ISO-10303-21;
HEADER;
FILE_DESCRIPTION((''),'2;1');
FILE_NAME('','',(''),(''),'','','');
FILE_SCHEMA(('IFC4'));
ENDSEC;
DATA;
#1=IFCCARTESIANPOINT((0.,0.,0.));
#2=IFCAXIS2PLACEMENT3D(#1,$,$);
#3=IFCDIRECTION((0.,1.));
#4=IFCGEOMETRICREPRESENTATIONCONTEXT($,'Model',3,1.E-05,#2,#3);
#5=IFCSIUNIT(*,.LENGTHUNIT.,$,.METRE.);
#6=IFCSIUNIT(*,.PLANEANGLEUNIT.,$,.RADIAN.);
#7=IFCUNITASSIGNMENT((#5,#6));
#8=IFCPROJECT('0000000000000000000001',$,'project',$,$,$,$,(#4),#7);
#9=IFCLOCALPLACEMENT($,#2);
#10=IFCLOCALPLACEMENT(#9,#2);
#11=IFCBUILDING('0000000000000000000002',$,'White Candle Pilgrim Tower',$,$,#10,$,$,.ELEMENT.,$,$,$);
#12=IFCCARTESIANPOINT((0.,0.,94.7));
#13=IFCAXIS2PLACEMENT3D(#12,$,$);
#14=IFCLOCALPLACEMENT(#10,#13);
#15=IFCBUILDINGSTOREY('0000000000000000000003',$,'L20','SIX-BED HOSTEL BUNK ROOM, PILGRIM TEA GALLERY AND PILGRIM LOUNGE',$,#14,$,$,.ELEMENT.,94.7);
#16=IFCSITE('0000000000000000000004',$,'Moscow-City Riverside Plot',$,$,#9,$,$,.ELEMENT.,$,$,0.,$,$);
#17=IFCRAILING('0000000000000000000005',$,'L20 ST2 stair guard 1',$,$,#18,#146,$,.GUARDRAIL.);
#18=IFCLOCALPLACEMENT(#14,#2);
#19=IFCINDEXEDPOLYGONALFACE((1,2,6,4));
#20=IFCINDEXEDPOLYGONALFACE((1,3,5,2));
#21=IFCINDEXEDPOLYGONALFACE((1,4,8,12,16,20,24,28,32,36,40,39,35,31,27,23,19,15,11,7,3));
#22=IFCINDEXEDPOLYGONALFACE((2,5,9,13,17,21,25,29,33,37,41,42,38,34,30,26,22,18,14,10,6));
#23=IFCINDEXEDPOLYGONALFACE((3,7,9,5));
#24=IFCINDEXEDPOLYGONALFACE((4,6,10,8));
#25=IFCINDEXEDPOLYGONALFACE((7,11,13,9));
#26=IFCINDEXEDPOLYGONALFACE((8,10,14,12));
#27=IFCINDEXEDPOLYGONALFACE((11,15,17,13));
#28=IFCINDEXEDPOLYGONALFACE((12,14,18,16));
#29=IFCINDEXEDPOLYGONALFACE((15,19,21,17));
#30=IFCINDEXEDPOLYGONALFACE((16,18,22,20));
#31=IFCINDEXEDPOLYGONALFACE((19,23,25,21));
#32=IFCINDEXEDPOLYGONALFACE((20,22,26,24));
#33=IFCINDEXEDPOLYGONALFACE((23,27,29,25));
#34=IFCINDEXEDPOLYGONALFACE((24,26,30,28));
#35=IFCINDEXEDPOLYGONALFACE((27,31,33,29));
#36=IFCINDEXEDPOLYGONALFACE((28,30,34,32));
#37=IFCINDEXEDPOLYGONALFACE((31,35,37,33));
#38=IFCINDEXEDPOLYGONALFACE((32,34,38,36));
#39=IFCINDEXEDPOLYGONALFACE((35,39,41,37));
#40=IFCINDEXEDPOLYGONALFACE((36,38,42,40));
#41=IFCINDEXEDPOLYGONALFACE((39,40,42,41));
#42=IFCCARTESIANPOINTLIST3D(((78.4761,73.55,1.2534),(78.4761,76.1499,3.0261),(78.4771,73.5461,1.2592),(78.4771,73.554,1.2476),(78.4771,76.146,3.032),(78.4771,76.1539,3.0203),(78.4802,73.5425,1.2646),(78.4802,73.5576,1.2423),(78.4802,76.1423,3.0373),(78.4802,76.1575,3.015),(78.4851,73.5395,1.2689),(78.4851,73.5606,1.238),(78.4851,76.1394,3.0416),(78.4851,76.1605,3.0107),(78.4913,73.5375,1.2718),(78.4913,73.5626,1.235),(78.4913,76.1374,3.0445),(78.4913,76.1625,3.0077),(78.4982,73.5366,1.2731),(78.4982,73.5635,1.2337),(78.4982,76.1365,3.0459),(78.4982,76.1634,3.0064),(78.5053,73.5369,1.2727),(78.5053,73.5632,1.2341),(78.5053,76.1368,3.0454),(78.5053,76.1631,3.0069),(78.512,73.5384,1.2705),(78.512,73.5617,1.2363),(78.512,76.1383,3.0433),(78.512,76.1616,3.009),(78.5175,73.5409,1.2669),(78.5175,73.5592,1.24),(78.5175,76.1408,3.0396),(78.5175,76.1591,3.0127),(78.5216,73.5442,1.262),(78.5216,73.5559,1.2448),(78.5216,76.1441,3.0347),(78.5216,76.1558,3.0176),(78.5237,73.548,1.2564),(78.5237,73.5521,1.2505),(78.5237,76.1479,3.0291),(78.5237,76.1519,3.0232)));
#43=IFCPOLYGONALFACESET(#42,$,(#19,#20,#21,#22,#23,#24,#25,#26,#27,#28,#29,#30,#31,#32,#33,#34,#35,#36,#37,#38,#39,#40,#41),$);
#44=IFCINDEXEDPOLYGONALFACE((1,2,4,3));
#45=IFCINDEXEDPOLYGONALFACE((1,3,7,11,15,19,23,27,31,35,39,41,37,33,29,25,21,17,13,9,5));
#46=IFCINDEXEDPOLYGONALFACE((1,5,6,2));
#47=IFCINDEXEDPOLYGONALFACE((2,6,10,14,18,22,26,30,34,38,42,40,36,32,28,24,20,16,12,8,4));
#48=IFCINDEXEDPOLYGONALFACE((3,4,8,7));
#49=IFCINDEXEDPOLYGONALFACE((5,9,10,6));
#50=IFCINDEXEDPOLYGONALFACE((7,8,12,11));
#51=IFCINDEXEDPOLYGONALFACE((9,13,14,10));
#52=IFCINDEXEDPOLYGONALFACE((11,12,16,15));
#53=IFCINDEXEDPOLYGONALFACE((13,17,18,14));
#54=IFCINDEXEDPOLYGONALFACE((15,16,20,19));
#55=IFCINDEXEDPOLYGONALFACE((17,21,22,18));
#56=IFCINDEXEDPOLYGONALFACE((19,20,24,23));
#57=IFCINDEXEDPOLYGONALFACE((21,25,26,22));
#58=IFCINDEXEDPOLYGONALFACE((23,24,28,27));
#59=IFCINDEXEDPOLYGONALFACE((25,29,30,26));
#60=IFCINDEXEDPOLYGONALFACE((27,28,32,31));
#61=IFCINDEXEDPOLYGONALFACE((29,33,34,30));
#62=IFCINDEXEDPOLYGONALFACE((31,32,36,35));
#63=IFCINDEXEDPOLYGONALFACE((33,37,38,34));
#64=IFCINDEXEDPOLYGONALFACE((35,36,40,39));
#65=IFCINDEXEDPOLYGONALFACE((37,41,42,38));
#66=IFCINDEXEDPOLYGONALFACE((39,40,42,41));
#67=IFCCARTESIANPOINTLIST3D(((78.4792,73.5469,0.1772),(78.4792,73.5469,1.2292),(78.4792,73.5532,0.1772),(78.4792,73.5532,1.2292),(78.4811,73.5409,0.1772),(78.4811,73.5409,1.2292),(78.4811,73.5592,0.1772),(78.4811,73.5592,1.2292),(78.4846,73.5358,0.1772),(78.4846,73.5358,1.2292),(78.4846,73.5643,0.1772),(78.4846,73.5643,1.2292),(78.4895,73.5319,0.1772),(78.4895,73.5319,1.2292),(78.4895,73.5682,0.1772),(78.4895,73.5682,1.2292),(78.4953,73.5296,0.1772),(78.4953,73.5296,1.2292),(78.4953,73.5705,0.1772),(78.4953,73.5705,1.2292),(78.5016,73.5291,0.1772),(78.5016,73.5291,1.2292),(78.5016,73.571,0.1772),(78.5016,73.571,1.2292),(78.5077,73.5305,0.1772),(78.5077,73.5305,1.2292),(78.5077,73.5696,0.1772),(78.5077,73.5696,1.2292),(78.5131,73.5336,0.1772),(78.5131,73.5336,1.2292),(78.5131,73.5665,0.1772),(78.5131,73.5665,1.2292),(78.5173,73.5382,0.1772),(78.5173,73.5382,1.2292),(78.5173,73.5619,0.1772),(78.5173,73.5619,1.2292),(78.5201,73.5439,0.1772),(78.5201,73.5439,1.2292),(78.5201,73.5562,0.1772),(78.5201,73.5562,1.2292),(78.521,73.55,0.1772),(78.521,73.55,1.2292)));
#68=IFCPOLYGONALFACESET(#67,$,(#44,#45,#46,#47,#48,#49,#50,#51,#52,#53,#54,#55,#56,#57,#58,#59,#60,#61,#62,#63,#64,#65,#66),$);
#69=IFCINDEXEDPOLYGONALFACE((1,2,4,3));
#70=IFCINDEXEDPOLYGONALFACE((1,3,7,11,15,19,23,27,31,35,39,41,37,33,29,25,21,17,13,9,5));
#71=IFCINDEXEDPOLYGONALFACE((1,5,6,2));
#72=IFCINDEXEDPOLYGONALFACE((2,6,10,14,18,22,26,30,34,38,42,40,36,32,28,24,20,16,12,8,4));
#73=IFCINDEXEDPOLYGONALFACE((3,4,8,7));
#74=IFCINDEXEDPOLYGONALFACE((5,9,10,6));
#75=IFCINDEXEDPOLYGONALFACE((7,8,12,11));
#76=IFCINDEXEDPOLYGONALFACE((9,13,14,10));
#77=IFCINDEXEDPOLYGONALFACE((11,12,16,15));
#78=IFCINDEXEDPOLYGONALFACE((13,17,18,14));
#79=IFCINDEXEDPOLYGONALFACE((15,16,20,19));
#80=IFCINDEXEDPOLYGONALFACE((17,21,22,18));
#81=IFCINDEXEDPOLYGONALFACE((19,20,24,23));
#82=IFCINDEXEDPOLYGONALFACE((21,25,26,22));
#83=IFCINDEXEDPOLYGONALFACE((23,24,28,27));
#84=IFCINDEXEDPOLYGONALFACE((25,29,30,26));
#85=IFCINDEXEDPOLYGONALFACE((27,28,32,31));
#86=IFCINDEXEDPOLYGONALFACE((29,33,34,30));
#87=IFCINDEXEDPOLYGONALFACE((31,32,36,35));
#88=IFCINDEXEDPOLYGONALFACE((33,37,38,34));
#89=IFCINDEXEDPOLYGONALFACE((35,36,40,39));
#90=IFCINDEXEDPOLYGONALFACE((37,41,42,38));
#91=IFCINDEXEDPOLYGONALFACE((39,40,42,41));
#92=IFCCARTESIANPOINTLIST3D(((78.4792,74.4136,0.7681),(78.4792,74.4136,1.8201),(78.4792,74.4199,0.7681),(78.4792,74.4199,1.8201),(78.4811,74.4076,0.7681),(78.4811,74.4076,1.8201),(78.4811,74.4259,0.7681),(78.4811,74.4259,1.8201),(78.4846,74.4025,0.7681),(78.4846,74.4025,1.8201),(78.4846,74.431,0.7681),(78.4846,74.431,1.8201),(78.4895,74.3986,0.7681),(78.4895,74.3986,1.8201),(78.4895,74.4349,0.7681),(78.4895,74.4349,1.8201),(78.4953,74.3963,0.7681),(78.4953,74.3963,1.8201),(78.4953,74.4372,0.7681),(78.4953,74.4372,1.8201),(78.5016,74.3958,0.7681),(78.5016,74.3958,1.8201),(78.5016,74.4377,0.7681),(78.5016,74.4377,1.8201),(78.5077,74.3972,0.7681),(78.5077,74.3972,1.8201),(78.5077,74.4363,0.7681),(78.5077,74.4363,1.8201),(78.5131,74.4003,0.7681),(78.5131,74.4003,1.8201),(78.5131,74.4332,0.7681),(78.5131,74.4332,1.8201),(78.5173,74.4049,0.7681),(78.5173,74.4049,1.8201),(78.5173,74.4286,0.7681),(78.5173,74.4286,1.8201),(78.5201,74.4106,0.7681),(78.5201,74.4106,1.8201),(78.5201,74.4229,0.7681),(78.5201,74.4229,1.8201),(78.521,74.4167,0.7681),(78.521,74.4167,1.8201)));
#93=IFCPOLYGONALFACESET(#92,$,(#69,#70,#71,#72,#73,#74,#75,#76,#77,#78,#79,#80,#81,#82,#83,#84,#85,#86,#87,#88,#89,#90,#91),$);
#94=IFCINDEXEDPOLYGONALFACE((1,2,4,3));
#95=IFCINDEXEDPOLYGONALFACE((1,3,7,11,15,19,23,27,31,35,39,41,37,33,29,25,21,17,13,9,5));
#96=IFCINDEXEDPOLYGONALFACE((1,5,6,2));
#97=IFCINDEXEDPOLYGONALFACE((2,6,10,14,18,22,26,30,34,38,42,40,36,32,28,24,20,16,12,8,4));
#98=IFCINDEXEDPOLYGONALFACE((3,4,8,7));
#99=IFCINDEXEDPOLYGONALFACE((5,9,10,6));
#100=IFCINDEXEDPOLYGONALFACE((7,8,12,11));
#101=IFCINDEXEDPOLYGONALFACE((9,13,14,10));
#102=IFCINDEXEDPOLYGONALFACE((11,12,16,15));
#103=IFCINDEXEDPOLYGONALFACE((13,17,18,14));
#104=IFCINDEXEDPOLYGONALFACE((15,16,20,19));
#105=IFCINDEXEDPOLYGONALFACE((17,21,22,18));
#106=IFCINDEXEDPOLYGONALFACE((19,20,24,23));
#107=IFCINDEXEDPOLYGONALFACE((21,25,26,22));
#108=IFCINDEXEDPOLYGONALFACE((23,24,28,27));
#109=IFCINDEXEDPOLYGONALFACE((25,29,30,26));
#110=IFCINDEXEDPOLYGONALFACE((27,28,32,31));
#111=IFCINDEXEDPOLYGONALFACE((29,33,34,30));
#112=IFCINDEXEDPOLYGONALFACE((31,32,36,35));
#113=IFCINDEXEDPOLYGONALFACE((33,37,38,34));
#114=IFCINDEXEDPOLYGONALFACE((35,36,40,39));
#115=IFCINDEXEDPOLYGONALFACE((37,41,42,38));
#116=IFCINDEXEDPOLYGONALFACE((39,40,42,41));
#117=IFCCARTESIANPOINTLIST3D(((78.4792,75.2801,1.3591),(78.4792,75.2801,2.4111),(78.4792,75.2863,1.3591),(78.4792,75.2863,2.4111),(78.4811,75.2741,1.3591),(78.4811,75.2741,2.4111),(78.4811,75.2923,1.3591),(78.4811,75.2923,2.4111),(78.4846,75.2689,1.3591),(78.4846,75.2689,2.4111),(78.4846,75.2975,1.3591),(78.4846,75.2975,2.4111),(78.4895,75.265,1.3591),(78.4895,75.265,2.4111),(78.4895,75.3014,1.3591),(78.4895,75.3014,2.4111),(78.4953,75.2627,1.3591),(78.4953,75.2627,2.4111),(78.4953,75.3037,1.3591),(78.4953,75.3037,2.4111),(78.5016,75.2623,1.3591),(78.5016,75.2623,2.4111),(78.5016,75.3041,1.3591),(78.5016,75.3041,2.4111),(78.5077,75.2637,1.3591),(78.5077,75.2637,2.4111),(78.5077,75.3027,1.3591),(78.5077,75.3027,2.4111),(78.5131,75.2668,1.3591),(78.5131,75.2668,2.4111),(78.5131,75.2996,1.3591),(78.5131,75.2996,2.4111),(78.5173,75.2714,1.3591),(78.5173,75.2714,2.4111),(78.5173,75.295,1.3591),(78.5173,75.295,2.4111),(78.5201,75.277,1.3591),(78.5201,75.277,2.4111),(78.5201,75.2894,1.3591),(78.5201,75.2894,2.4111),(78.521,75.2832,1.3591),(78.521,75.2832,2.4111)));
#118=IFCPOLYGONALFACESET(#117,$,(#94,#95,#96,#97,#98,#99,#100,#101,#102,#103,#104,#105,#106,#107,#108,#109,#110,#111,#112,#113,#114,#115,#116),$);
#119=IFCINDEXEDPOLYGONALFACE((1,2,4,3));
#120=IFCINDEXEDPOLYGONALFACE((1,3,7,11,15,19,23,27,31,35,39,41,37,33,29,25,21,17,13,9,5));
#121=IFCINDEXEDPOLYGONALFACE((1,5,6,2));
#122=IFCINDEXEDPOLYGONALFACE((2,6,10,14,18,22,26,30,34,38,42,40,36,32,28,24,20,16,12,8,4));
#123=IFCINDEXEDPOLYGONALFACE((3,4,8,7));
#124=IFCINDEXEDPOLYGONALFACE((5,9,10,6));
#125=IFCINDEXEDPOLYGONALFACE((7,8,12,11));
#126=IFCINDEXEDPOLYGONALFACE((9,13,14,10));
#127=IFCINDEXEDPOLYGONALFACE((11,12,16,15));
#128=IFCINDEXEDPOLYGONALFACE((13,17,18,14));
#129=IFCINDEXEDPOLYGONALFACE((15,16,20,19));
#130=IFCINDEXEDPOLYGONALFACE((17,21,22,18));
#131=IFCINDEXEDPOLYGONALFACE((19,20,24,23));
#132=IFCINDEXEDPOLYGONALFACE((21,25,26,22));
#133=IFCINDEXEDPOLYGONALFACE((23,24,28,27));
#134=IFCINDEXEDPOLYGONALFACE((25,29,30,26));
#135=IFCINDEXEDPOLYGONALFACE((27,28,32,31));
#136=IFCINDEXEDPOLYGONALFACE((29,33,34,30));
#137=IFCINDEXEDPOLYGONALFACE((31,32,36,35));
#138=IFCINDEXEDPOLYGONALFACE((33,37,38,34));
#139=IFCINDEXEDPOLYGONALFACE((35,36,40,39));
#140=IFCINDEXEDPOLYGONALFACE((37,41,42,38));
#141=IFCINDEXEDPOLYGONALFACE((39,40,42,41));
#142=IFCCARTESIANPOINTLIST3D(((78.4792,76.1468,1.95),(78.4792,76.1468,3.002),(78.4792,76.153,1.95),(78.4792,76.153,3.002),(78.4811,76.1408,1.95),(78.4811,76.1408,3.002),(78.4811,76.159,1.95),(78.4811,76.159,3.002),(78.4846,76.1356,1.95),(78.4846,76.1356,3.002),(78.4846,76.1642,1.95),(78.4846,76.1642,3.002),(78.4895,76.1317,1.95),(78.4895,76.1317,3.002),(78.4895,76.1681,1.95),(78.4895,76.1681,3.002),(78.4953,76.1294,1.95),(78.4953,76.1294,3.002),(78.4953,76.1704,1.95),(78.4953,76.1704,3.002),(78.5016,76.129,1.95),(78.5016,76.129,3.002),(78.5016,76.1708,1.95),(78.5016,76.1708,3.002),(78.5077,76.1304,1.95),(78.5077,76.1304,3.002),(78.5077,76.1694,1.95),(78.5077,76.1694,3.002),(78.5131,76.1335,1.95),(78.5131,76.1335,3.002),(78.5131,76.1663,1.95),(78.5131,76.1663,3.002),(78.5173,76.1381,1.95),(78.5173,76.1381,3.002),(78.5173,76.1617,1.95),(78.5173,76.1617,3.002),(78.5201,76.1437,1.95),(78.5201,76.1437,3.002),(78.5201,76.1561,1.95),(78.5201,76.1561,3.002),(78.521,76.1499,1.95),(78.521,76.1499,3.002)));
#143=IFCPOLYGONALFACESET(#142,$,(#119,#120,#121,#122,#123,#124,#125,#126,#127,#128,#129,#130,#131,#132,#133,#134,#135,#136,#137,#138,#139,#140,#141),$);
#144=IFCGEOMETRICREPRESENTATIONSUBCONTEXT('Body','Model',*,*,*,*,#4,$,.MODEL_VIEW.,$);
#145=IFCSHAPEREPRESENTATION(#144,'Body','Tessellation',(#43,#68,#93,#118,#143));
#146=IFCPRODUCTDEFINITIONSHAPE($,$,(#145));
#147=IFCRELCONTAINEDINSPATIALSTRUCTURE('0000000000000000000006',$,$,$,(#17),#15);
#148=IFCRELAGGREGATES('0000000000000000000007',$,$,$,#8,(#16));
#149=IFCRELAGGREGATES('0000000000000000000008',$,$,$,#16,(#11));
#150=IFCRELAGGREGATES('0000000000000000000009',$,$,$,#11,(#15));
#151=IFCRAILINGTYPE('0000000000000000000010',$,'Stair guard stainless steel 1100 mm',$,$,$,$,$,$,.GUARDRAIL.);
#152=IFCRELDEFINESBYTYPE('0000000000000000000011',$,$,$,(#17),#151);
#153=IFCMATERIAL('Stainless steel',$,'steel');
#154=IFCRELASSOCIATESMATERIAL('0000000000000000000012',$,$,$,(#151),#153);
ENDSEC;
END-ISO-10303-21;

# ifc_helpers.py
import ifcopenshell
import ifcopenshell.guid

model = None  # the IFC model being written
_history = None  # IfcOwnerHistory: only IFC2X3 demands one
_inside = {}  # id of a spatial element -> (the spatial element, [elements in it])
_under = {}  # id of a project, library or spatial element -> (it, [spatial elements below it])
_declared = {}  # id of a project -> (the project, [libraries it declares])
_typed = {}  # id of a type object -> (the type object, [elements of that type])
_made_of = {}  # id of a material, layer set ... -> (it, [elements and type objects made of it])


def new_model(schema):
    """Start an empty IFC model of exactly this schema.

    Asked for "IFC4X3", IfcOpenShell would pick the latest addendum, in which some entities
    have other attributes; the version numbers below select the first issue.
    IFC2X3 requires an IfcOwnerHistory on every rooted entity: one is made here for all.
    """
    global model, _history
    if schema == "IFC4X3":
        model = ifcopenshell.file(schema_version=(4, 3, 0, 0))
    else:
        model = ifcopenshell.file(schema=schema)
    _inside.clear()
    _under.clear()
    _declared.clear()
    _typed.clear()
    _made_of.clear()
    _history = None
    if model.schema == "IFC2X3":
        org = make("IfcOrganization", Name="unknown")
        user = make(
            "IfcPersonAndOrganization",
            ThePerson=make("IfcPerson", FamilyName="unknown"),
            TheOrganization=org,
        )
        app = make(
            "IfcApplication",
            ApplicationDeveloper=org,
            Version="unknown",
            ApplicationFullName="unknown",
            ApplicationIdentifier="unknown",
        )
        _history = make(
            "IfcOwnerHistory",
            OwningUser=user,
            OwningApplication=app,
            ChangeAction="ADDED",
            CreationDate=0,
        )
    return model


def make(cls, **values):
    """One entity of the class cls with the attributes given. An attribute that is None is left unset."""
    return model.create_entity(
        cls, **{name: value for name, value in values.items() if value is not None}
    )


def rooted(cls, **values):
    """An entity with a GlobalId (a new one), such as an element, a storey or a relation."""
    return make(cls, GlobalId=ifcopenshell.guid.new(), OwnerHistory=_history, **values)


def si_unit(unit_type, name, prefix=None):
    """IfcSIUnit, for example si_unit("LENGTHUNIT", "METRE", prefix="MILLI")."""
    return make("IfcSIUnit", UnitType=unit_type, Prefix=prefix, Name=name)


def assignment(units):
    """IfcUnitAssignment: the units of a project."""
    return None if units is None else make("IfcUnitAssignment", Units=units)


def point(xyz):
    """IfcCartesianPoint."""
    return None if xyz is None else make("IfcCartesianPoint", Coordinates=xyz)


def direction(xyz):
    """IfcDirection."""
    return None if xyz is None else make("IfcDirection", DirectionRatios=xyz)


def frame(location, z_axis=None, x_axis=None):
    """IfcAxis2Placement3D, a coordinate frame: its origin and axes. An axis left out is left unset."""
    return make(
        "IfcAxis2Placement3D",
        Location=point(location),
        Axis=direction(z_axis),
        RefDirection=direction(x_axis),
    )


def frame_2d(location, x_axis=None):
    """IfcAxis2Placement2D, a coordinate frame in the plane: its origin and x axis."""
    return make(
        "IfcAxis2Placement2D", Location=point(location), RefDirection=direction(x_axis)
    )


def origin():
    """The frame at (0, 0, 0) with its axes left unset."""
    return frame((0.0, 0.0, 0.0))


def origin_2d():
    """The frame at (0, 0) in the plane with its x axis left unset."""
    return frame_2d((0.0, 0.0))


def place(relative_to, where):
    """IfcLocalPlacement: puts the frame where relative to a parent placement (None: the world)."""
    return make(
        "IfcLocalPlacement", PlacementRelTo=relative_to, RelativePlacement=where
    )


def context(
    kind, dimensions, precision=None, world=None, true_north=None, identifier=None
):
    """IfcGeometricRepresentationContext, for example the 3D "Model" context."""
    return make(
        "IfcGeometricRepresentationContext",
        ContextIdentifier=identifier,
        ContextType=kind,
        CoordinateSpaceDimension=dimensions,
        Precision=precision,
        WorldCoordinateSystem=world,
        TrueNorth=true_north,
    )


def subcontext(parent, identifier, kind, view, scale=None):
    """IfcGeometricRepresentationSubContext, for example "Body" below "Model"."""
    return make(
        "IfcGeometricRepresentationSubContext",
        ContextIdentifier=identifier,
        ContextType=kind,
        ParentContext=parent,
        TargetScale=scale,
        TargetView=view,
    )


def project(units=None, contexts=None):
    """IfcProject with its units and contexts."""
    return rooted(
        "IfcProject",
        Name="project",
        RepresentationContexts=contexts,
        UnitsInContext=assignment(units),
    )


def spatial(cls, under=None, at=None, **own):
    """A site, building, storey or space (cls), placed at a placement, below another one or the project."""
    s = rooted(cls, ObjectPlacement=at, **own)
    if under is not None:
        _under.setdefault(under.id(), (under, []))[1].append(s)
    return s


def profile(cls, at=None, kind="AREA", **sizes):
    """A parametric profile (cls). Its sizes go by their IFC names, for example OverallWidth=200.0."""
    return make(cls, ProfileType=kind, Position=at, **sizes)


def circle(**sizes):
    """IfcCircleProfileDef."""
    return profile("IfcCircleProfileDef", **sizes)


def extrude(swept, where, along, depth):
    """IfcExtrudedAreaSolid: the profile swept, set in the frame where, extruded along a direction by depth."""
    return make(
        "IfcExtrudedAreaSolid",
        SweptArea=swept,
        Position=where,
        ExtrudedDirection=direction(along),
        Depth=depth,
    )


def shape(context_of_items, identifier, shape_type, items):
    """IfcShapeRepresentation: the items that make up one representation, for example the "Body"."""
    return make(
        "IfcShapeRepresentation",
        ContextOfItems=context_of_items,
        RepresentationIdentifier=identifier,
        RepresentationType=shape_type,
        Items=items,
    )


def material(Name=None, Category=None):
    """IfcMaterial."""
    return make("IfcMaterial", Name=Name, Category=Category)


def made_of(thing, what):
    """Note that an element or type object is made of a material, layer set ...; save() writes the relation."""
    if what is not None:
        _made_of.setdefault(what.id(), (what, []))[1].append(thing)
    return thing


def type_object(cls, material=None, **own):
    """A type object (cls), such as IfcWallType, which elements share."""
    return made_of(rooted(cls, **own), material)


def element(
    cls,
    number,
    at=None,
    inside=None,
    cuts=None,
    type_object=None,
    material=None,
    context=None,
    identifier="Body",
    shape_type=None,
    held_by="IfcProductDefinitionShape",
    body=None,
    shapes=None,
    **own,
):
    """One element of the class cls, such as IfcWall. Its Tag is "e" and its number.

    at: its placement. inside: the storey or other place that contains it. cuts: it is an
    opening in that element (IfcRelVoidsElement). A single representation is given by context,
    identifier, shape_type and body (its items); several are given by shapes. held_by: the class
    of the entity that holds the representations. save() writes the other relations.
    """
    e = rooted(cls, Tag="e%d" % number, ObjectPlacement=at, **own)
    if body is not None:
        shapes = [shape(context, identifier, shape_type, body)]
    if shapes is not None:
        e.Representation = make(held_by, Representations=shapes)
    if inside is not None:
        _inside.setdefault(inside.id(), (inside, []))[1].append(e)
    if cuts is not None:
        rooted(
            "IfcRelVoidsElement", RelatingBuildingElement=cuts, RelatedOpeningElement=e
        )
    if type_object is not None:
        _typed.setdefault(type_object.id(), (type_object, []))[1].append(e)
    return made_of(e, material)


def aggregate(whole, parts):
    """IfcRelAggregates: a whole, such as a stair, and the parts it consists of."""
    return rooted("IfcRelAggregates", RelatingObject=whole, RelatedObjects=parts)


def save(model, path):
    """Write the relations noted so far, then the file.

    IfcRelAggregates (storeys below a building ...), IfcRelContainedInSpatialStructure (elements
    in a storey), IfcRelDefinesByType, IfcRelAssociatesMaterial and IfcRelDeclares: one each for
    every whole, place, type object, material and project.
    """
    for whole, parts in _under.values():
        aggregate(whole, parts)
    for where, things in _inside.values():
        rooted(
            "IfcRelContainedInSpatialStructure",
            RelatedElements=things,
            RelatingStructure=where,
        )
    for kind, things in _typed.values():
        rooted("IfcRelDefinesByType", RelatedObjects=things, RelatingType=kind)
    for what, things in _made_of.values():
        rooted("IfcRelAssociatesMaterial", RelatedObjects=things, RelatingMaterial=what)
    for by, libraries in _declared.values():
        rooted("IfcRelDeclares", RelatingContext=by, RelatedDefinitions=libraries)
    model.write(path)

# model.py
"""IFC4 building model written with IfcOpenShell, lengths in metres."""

from ifc_helpers import new_model, si_unit, direction, frame, origin, origin_2d, place, context, subcontext, project, spatial, circle, extrude, material, type_object, element, save


model = new_model("IFC4")

# Units and contexts
model_context = context("Model", 3, precision=1e-05, world=origin(), true_north=direction((0.0, 1.0)))
body_context = subcontext(model_context, "Body", "Model", "MODEL_VIEW")
ifc_project = project(units=[si_unit("LENGTHUNIT", "METRE"), si_unit("PLANEANGLEUNIT", "RADIAN")], contexts=[model_context])

# Site, building, storey
site_placement = place(None, origin())
site = spatial("IfcSite", under=ifc_project, at=site_placement, Name="Moscow-City Riverside Plot", CompositionType="ELEMENT", RefElevation=0.0)
building_placement = place(site_placement, origin())
building = spatial("IfcBuilding", under=site, at=building_placement, Name="White Candle Pilgrim Tower", CompositionType="ELEMENT")
storey_placement = place(building_placement, frame((0.0, 0.0, 94.7)))
storey = spatial("IfcBuildingStorey", under=building, at=storey_placement, Name="L20", Description="SIX-BED HOSTEL BUNK ROOM, PILGRIM TEA GALLERY AND PILGRIM LOUNGE", CompositionType="ELEMENT", Elevation=94.7)

# Railing
ifc_material_1 = material(Name="Stainless steel", Category="steel")
railing_type_1 = type_object("IfcRailingType", Name="Stair guard stainless steel 1100 mm", PredefinedType="GUARDRAIL", material=ifc_material_1)
railing_1_placement = place(storey_placement, frame((78.5, 73.55, 0.1772)))
element("IfcRailing", 1, at=railing_1_placement, inside=storey, type_object=railing_type_1, Name="L20 ST2 stair guard 1", PredefinedType="GUARDRAIL", context=body_context, shape_type="SweptSolid", body=[
    extrude(circle(Radius=0.0239, at=origin_2d()), frame((0.0, 0.0, 1.0762), z_axis=(0.0, 0.826216, 0.563354), x_axis=(-1.0, 0.0, 0.0)), (0.0, 0.0, 1.0), 3.1467),
    extrude(circle(Radius=0.021, at=origin_2d()), origin(), (0.0, 0.0, 1.0), 1.052),
    extrude(circle(Radius=0.021, at=origin_2d()), frame((0.0, 0.8667, 0.5908)), (0.0, 0.0, 1.0), 1.052),
    extrude(circle(Radius=0.021, at=origin_2d()), frame((0.0, 1.7332, 1.1819)), (0.0, 0.0, 1.0), 1.052),
    extrude(circle(Radius=0.021, at=origin_2d()), frame((0.0, 2.5999, 1.7727)), (0.0, 0.0, 1.0), 1.052),
])

save(model, "model.ifc")
